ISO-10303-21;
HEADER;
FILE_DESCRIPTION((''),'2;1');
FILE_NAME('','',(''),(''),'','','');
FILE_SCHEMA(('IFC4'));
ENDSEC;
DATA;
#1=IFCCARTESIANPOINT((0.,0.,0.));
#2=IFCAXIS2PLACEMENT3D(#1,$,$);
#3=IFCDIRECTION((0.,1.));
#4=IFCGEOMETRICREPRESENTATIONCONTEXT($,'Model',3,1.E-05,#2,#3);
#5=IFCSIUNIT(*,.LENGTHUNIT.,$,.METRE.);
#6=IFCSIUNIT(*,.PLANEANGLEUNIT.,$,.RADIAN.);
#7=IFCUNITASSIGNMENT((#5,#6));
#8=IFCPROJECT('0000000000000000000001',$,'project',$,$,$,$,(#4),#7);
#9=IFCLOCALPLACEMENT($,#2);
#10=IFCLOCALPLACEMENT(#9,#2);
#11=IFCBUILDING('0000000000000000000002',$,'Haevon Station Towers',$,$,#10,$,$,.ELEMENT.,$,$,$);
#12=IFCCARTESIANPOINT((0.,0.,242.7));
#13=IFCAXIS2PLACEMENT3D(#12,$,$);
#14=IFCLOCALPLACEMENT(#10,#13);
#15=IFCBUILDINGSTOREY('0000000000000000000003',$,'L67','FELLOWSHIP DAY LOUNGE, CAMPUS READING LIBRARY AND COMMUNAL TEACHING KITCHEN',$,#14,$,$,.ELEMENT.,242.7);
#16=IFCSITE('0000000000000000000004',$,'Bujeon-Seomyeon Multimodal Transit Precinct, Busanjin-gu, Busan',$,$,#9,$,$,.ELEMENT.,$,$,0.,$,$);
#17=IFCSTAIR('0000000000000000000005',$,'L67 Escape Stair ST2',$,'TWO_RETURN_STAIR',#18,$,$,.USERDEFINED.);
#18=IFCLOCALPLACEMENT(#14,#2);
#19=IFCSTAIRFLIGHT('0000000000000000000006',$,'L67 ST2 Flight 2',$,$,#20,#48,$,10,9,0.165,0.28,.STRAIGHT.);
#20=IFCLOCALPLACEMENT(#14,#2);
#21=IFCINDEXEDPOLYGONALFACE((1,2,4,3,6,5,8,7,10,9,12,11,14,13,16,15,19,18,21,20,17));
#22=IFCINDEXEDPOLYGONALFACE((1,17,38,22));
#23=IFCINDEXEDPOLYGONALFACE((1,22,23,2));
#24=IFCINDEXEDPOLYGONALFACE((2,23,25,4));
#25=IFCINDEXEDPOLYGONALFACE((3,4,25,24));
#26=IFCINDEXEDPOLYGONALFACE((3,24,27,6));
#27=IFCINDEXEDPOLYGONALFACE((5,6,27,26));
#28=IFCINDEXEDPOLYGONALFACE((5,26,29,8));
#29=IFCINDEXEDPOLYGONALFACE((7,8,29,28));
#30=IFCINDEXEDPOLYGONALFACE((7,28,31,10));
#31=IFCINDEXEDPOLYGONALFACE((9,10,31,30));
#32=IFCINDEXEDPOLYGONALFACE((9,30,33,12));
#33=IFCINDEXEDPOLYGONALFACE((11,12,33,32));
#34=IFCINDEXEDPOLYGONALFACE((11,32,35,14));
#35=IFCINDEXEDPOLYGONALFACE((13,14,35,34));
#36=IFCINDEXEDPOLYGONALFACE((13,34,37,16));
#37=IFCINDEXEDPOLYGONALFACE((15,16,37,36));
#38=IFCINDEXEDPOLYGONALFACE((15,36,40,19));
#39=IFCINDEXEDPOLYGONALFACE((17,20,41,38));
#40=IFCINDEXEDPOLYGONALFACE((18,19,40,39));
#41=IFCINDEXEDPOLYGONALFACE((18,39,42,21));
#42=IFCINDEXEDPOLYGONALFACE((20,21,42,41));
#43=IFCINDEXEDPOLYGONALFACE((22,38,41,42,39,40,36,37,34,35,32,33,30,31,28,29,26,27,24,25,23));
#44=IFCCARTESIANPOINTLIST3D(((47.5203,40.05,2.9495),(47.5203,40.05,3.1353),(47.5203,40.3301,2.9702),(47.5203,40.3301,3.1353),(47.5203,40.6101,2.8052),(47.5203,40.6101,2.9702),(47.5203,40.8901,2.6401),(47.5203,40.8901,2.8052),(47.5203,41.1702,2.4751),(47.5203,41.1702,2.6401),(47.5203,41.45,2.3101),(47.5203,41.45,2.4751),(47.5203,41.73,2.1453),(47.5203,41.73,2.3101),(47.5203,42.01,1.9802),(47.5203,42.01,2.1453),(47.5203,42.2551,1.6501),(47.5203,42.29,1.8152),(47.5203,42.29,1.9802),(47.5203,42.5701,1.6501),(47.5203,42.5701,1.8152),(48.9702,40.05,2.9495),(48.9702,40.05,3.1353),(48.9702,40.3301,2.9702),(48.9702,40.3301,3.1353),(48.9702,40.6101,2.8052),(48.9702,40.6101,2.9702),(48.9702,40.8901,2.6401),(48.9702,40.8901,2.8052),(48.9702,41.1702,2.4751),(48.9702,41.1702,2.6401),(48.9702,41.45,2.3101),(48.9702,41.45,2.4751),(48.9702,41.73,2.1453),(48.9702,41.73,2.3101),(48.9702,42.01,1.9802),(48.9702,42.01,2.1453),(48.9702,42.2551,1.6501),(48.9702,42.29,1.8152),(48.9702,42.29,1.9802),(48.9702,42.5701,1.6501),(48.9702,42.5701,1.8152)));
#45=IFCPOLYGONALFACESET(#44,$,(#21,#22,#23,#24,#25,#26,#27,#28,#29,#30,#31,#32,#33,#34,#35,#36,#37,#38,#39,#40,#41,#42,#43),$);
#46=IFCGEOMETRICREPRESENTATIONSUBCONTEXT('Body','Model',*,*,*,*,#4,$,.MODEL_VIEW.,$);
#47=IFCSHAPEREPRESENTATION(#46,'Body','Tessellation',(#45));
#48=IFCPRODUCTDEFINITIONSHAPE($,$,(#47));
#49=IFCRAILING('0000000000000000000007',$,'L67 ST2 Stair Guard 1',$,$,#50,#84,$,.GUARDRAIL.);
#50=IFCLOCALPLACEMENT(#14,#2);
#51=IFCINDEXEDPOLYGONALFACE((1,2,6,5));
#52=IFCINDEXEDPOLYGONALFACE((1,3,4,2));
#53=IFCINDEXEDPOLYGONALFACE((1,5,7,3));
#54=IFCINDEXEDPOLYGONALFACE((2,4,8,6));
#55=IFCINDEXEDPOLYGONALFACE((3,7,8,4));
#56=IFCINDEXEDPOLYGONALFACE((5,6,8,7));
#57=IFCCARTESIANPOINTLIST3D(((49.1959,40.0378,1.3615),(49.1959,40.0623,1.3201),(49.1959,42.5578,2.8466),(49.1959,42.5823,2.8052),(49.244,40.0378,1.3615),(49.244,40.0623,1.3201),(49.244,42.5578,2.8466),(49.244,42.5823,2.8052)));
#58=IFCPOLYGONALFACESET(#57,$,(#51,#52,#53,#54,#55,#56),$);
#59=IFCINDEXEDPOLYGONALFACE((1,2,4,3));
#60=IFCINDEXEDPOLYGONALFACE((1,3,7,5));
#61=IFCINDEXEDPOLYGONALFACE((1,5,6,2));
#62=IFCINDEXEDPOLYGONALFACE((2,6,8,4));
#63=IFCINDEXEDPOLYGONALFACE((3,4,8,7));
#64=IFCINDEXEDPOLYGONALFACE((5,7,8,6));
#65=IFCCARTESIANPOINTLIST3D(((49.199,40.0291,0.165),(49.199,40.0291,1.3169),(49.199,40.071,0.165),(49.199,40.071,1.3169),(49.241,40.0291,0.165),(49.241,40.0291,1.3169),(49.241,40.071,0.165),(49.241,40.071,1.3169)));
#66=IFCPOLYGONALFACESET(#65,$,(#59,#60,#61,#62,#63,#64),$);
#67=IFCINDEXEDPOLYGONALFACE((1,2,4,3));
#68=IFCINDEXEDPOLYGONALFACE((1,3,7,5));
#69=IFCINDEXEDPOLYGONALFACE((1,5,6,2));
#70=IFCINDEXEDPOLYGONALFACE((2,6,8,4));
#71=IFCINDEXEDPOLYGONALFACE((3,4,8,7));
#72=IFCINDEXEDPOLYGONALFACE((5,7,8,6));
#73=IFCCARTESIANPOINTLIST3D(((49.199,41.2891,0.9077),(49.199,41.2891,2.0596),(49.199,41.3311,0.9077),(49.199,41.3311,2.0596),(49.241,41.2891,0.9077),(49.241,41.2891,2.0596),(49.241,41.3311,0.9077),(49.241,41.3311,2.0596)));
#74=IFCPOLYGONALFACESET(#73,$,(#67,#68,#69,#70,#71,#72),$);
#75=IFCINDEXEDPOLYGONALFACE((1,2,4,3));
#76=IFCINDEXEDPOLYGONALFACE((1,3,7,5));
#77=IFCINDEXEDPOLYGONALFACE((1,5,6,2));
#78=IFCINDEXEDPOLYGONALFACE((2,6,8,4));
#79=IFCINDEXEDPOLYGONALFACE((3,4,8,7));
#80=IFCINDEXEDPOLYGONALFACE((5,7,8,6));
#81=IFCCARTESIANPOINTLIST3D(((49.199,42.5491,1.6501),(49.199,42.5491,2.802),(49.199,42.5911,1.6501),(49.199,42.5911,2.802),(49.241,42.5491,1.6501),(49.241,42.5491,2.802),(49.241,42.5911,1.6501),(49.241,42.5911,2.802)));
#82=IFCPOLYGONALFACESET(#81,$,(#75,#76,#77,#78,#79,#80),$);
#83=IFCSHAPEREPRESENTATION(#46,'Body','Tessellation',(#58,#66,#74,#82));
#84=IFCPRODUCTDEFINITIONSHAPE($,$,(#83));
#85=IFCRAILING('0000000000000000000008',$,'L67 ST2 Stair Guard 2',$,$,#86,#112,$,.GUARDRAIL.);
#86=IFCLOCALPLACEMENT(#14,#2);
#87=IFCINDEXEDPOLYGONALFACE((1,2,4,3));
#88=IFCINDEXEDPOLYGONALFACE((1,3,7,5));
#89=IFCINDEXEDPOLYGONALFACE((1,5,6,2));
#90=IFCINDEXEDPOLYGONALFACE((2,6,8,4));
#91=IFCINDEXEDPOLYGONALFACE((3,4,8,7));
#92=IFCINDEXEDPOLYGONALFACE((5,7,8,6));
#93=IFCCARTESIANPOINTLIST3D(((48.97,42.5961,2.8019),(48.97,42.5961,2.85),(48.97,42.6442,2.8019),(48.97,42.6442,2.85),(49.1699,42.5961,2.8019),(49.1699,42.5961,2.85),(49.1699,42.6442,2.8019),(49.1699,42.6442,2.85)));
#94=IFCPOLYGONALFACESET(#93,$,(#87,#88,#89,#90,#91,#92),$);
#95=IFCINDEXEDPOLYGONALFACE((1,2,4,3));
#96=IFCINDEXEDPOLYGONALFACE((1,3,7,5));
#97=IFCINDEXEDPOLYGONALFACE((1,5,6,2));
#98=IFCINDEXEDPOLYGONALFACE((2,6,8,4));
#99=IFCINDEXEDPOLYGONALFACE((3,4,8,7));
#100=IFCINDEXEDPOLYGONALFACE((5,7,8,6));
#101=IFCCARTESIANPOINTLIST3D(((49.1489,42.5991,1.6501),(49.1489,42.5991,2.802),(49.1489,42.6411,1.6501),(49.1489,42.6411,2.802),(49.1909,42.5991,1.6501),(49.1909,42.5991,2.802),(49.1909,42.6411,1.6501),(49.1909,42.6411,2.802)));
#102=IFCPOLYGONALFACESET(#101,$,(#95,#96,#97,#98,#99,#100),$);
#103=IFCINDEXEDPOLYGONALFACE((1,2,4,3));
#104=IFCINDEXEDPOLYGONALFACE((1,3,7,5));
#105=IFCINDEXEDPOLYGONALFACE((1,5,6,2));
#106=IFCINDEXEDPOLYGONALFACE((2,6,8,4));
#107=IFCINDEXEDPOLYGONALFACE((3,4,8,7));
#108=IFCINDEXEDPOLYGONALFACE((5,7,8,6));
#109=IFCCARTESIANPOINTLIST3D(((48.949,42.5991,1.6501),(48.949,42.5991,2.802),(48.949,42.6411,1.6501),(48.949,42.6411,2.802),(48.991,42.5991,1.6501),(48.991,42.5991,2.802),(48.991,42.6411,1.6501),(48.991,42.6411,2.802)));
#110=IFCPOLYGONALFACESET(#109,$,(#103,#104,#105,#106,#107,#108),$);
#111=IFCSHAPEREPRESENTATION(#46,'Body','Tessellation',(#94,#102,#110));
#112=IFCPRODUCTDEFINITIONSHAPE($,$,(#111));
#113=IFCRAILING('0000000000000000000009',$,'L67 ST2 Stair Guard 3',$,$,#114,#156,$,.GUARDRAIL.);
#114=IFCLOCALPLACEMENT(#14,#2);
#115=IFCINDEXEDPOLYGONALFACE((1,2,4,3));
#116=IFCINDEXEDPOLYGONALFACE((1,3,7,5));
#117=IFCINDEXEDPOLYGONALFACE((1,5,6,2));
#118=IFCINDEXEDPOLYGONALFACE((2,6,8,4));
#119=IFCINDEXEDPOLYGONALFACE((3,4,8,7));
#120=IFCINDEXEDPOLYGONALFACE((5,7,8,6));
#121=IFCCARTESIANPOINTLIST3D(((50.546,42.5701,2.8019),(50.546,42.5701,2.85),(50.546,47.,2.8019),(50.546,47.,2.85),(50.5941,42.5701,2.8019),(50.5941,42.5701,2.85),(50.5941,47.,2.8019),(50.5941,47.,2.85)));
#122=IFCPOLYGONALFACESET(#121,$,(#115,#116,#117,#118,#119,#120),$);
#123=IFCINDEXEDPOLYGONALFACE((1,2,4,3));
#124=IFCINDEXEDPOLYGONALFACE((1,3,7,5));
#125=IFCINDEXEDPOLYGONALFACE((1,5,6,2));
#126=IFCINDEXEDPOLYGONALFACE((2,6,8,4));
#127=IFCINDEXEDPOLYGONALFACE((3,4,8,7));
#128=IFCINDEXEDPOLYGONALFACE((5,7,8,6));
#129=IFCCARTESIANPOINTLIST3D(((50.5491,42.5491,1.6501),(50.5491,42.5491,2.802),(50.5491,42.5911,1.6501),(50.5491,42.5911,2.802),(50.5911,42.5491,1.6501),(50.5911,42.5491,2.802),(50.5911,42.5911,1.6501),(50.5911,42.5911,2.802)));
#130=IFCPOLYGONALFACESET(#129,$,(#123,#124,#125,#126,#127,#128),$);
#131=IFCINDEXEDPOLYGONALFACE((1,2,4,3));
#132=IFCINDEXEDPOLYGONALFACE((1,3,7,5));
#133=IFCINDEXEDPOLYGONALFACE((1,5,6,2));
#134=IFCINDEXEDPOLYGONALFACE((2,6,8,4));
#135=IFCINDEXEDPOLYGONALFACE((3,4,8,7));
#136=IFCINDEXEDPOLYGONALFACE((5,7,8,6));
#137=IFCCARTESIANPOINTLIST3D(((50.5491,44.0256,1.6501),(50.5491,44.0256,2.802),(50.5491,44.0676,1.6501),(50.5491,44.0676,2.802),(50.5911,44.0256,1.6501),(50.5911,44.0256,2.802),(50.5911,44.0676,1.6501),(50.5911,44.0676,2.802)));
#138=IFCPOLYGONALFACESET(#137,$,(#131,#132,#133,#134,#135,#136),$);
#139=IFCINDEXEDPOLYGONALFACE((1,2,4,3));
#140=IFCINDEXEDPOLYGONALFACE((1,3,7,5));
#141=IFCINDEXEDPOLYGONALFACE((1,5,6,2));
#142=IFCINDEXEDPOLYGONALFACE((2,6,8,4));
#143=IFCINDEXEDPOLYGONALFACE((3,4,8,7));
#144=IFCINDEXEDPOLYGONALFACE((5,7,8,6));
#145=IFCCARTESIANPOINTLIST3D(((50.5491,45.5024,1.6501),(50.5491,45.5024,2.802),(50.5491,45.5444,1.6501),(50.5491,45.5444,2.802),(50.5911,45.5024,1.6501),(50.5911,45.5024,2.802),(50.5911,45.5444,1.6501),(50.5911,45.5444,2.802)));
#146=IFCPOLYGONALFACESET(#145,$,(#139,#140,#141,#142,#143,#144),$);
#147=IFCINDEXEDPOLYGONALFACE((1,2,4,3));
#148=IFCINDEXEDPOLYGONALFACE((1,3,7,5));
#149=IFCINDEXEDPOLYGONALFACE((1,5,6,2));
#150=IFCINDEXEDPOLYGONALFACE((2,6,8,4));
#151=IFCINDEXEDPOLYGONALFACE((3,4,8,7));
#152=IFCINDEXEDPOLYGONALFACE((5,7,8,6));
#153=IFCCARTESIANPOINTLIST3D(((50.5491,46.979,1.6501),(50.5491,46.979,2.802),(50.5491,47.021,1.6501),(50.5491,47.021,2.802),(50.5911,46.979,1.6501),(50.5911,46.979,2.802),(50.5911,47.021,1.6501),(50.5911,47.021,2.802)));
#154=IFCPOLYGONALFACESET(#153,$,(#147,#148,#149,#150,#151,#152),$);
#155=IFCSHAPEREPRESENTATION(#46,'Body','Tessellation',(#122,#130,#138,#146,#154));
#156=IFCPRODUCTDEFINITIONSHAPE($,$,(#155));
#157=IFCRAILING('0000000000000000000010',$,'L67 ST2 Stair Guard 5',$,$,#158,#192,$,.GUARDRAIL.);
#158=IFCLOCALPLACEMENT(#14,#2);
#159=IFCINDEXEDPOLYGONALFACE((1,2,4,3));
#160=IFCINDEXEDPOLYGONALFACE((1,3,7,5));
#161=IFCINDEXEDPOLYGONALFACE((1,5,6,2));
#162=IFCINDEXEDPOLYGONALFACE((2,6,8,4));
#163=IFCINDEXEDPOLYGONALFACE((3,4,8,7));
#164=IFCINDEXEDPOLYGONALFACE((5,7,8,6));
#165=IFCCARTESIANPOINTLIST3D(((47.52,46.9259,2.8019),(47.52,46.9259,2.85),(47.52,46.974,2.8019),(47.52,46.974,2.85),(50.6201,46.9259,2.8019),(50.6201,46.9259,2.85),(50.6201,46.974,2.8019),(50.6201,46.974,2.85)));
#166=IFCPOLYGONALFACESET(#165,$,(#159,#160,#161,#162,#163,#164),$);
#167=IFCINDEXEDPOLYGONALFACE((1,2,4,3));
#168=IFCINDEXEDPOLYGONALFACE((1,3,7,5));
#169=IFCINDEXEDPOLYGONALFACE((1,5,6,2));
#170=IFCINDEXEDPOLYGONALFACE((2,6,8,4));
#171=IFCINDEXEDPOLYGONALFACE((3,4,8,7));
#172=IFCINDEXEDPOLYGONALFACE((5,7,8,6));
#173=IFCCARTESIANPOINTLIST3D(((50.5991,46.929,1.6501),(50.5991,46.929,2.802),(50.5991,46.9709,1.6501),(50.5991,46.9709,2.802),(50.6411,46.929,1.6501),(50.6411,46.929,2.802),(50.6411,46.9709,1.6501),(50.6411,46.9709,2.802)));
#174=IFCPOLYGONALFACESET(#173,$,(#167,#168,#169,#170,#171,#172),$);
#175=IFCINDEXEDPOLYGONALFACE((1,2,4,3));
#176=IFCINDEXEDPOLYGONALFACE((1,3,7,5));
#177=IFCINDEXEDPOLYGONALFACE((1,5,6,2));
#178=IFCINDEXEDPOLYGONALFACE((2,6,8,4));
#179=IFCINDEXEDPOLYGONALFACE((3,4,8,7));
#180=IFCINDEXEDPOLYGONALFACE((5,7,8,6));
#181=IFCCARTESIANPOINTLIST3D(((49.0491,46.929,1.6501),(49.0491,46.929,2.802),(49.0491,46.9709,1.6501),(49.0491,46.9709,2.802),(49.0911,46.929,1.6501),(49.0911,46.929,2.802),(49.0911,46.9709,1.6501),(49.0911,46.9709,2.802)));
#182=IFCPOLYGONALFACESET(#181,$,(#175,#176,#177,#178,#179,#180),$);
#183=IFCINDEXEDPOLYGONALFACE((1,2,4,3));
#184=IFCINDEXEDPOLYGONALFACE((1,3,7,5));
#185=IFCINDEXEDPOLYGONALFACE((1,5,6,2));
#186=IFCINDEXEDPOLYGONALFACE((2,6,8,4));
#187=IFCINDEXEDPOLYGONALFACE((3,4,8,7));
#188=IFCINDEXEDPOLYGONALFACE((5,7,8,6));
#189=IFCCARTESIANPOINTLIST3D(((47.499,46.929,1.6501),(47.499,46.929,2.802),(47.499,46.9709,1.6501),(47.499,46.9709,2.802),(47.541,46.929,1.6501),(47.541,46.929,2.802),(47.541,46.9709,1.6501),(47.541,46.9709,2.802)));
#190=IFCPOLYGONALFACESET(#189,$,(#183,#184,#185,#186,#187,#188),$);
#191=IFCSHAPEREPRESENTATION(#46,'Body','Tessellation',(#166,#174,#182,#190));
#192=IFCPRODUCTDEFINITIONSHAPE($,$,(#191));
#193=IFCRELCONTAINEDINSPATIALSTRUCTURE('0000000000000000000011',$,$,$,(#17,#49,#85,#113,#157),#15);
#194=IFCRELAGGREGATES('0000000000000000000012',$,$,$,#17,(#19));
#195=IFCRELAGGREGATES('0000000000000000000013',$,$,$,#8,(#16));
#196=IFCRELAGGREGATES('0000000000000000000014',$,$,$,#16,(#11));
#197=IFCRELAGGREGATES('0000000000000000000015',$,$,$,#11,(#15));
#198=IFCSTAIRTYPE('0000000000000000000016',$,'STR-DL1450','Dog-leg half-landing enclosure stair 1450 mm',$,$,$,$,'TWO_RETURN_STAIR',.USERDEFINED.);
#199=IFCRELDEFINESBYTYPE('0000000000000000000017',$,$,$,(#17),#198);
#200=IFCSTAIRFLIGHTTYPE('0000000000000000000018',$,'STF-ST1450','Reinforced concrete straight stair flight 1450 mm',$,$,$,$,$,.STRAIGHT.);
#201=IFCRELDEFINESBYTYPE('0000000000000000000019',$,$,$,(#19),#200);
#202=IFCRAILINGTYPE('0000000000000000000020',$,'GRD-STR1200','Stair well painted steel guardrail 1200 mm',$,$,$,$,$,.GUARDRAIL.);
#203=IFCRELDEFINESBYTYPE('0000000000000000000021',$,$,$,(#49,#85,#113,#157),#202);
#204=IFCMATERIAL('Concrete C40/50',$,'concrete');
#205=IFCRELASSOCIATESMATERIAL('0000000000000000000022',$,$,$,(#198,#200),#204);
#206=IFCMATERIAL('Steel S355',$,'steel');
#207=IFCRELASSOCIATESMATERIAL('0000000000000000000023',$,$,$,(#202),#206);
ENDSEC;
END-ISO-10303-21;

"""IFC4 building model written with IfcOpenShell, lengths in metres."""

from ifc_helpers import new_model, si_unit, direction, frame, origin, origin_2d, place, context, subcontext, project, spatial, polyline, rectangle, outline, extrude, material, type_object, element, aggregate, save


model = new_model("IFC4")

# Units and contexts
model_context = context("Model", 3, precision=1e-05, world=origin(), true_north=direction((0.0, 1.0)))
body_context = subcontext(model_context, "Body", "Model", "MODEL_VIEW")
ifc_project = project(units=[si_unit("LENGTHUNIT", "METRE"), si_unit("PLANEANGLEUNIT", "RADIAN")], contexts=[model_context])

# Site, building, storey
site_placement = place(None, origin())
site = spatial("IfcSite", under=ifc_project, at=site_placement, Name="Bujeon-Seomyeon Multimodal Transit Precinct, Busanjin-gu, Busan", CompositionType="ELEMENT", RefElevation=0.0)
building_placement = place(site_placement, origin())
building = spatial("IfcBuilding", under=site, at=building_placement, Name="Haevon Station Towers", CompositionType="ELEMENT")
storey_placement = place(building_placement, frame((0.0, 0.0, 242.7)))
storey = spatial("IfcBuildingStorey", under=building, at=storey_placement, Name="L67", Description="FELLOWSHIP DAY LOUNGE, CAMPUS READING LIBRARY AND COMMUNAL TEACHING KITCHEN", CompositionType="ELEMENT", Elevation=242.7)

# Shared definitions
ifc_material_1 = material(Name="Steel S355", Category="steel")

# Stair, stair flight
ifc_material_2 = material(Name="Concrete C40/50", Category="concrete")
stair_type = type_object("IfcStairType", Name="STR-DL1450", Description="Dog-leg half-landing enclosure stair 1450 mm", ElementType="TWO_RETURN_STAIR", PredefinedType="USERDEFINED", material=ifc_material_2)
stair_placement = place(storey_placement, origin())
stair = element("IfcStair", 1, at=stair_placement, inside=storey, type_object=stair_type, Name="L67 Escape Stair ST2", ObjectType="TWO_RETURN_STAIR", PredefinedType="USERDEFINED")
stair_flight_type = type_object("IfcStairFlightType", Name="STF-ST1450", Description="Reinforced concrete straight stair flight 1450 mm", PredefinedType="STRAIGHT", material=ifc_material_2)
stair_flight_1_placement = place(storey_placement, frame((48.2451, 42.5701, 1.6501), z_axis=(0.0, 0.0, 1.0), x_axis=(0.0, -1.0, 0.0)))
stair_flight_1 = element("IfcStairFlight", 2, at=stair_flight_1_placement, type_object=stair_flight_type, Name="L67 ST2 Flight 2", NumberOfRisers=10, NumberOfTreads=9, PredefinedType="STRAIGHT", RiserHeight=0.165, TreadLength=0.28, context=body_context, shape_type="SweptSolid", body=[
    extrude(outline(polyline([(0.0, 0.0), (0.0, 0.165), (0.28, 0.165), (0.28, 0.3301), (0.5601, 0.3301), (0.5601, 0.4951), (0.8401, 0.4951), (0.8401, 0.6599), (1.1201, 0.6599), (1.1201, 0.825), (1.3999, 0.825), (1.3999, 0.99), (1.6799, 0.99), (1.6799, 1.155), (1.96, 1.155), (1.96, 1.3201), (2.24, 1.3201), (2.24, 1.4851), (2.52, 1.4851), (2.52, 1.6499), (2.52, 1.2993), (0.3149, 0.0), (0.0, 0.0)])), frame((0.0, 0.7251, 0.0), z_axis=(0.0, -1.0, 0.0), x_axis=(1.0, 0.0, 0.0)), (0.0, 0.0, 1.0), 1.45),
])
aggregate(stair, [stair_flight_1])

# Railings
railing_type_1 = type_object("IfcRailingType", Name="GRD-STR1200", Description="Stair well painted steel guardrail 1200 mm", PredefinedType="GUARDRAIL", material=ifc_material_1)
railing_1_placement = place(storey_placement, frame((49.22, 40.05, 0.165)))
element("IfcRailing", 3, at=railing_1_placement, inside=storey, type_object=railing_type_1, Name="L67 ST2 Stair Guard 1", PredefinedType="GUARDRAIL", context=body_context, shape_type="SweptSolid", body=[
    extrude(rectangle(XDim=0.0481, YDim=0.0481, at=origin_2d()), frame((0.0, 0.0, 1.1758), z_axis=(0.0, 0.861524, 0.507717), x_axis=(-1.0, 0.0, 0.0)), (0.0, 0.0, 1.0), 2.925),
    extrude(rectangle(XDim=0.042, YDim=0.042, at=origin_2d()), origin(), (0.0, 0.0, 1.0), 1.1519),
    extrude(rectangle(XDim=0.042, YDim=0.042, at=origin_2d()), frame((0.0, 1.26, 0.7427)), (0.0, 0.0, 1.0), 1.1519),
    extrude(rectangle(XDim=0.042, YDim=0.042, at=origin_2d()), frame((0.0, 2.52, 1.4851)), (0.0, 0.0, 1.0), 1.1519),
])
railing_2_placement = place(storey_placement, frame((49.1699, 42.6201, 1.6501)))
element("IfcRailing", 4, at=railing_2_placement, inside=storey, type_object=railing_type_1, Name="L67 ST2 Stair Guard 2", PredefinedType="GUARDRAIL", context=body_context, shape_type="SweptSolid", body=[
    extrude(rectangle(XDim=0.0481, YDim=0.0481, at=origin_2d()), frame((0.0, 0.0, 1.1758), z_axis=(-1.0, 0.0, 0.0), x_axis=(0.0, -1.0, 0.0)), (0.0, 0.0, 1.0), 0.2),
    extrude(rectangle(XDim=0.042, YDim=0.042, at=origin_2d()), origin(), (0.0, 0.0, 1.0), 1.1519),
    extrude(rectangle(XDim=0.042, YDim=0.042, at=origin_2d()), frame((-0.2, 0.0, 0.0)), (0.0, 0.0, 1.0), 1.1519),
])
railing_3_placement = place(storey_placement, frame((50.5701, 42.5701, 1.6501)))
element("IfcRailing", 5, at=railing_3_placement, inside=storey, type_object=railing_type_1, Name="L67 ST2 Stair Guard 3", PredefinedType="GUARDRAIL", context=body_context, shape_type="SweptSolid", body=[
    extrude(rectangle(XDim=0.0481, YDim=0.0481, at=origin_2d()), frame((0.0, 0.0, 1.1758), z_axis=(0.0, 1.0, 0.0), x_axis=(-1.0, 0.0, 0.0)), (0.0, 0.0, 1.0), 4.4299),
    extrude(rectangle(XDim=0.042, YDim=0.042, at=origin_2d()), origin(), (0.0, 0.0, 1.0), 1.1519),
    extrude(rectangle(XDim=0.042, YDim=0.042, at=origin_2d()), frame((0.0, 1.4766, 0.0)), (0.0, 0.0, 1.0), 1.1519),
    extrude(rectangle(XDim=0.042, YDim=0.042, at=origin_2d()), frame((0.0, 2.9534, 0.0)), (0.0, 0.0, 1.0), 1.1519),
    extrude(rectangle(XDim=0.042, YDim=0.042, at=origin_2d()), frame((0.0, 4.4299, 0.0)), (0.0, 0.0, 1.0), 1.1519),
])
railing_4_placement = place(storey_placement, frame((50.6201, 46.95, 1.6501)))
element("IfcRailing", 6, at=railing_4_placement, inside=storey, type_object=railing_type_1, Name="L67 ST2 Stair Guard 5", PredefinedType="GUARDRAIL", context=body_context, shape_type="SweptSolid", body=[
    extrude(rectangle(XDim=0.0481, YDim=0.0481, at=origin_2d()), frame((0.0, 0.0, 1.1758), z_axis=(-1.0, 0.0, 0.0), x_axis=(0.0, -1.0, 0.0)), (0.0, 0.0, 1.0), 3.1001),
    extrude(rectangle(XDim=0.042, YDim=0.042, at=origin_2d()), origin(), (0.0, 0.0, 1.0), 1.1519),
    extrude(rectangle(XDim=0.042, YDim=0.042, at=origin_2d()), frame((-1.55, 0.0, 0.0)), (0.0, 0.0, 1.0), 1.1519),
    extrude(rectangle(XDim=0.042, YDim=0.042, at=origin_2d()), frame((-3.1001, 0.0, 0.0)), (0.0, 0.0, 1.0), 1.1519),
])

save(model, "model.ifc")
